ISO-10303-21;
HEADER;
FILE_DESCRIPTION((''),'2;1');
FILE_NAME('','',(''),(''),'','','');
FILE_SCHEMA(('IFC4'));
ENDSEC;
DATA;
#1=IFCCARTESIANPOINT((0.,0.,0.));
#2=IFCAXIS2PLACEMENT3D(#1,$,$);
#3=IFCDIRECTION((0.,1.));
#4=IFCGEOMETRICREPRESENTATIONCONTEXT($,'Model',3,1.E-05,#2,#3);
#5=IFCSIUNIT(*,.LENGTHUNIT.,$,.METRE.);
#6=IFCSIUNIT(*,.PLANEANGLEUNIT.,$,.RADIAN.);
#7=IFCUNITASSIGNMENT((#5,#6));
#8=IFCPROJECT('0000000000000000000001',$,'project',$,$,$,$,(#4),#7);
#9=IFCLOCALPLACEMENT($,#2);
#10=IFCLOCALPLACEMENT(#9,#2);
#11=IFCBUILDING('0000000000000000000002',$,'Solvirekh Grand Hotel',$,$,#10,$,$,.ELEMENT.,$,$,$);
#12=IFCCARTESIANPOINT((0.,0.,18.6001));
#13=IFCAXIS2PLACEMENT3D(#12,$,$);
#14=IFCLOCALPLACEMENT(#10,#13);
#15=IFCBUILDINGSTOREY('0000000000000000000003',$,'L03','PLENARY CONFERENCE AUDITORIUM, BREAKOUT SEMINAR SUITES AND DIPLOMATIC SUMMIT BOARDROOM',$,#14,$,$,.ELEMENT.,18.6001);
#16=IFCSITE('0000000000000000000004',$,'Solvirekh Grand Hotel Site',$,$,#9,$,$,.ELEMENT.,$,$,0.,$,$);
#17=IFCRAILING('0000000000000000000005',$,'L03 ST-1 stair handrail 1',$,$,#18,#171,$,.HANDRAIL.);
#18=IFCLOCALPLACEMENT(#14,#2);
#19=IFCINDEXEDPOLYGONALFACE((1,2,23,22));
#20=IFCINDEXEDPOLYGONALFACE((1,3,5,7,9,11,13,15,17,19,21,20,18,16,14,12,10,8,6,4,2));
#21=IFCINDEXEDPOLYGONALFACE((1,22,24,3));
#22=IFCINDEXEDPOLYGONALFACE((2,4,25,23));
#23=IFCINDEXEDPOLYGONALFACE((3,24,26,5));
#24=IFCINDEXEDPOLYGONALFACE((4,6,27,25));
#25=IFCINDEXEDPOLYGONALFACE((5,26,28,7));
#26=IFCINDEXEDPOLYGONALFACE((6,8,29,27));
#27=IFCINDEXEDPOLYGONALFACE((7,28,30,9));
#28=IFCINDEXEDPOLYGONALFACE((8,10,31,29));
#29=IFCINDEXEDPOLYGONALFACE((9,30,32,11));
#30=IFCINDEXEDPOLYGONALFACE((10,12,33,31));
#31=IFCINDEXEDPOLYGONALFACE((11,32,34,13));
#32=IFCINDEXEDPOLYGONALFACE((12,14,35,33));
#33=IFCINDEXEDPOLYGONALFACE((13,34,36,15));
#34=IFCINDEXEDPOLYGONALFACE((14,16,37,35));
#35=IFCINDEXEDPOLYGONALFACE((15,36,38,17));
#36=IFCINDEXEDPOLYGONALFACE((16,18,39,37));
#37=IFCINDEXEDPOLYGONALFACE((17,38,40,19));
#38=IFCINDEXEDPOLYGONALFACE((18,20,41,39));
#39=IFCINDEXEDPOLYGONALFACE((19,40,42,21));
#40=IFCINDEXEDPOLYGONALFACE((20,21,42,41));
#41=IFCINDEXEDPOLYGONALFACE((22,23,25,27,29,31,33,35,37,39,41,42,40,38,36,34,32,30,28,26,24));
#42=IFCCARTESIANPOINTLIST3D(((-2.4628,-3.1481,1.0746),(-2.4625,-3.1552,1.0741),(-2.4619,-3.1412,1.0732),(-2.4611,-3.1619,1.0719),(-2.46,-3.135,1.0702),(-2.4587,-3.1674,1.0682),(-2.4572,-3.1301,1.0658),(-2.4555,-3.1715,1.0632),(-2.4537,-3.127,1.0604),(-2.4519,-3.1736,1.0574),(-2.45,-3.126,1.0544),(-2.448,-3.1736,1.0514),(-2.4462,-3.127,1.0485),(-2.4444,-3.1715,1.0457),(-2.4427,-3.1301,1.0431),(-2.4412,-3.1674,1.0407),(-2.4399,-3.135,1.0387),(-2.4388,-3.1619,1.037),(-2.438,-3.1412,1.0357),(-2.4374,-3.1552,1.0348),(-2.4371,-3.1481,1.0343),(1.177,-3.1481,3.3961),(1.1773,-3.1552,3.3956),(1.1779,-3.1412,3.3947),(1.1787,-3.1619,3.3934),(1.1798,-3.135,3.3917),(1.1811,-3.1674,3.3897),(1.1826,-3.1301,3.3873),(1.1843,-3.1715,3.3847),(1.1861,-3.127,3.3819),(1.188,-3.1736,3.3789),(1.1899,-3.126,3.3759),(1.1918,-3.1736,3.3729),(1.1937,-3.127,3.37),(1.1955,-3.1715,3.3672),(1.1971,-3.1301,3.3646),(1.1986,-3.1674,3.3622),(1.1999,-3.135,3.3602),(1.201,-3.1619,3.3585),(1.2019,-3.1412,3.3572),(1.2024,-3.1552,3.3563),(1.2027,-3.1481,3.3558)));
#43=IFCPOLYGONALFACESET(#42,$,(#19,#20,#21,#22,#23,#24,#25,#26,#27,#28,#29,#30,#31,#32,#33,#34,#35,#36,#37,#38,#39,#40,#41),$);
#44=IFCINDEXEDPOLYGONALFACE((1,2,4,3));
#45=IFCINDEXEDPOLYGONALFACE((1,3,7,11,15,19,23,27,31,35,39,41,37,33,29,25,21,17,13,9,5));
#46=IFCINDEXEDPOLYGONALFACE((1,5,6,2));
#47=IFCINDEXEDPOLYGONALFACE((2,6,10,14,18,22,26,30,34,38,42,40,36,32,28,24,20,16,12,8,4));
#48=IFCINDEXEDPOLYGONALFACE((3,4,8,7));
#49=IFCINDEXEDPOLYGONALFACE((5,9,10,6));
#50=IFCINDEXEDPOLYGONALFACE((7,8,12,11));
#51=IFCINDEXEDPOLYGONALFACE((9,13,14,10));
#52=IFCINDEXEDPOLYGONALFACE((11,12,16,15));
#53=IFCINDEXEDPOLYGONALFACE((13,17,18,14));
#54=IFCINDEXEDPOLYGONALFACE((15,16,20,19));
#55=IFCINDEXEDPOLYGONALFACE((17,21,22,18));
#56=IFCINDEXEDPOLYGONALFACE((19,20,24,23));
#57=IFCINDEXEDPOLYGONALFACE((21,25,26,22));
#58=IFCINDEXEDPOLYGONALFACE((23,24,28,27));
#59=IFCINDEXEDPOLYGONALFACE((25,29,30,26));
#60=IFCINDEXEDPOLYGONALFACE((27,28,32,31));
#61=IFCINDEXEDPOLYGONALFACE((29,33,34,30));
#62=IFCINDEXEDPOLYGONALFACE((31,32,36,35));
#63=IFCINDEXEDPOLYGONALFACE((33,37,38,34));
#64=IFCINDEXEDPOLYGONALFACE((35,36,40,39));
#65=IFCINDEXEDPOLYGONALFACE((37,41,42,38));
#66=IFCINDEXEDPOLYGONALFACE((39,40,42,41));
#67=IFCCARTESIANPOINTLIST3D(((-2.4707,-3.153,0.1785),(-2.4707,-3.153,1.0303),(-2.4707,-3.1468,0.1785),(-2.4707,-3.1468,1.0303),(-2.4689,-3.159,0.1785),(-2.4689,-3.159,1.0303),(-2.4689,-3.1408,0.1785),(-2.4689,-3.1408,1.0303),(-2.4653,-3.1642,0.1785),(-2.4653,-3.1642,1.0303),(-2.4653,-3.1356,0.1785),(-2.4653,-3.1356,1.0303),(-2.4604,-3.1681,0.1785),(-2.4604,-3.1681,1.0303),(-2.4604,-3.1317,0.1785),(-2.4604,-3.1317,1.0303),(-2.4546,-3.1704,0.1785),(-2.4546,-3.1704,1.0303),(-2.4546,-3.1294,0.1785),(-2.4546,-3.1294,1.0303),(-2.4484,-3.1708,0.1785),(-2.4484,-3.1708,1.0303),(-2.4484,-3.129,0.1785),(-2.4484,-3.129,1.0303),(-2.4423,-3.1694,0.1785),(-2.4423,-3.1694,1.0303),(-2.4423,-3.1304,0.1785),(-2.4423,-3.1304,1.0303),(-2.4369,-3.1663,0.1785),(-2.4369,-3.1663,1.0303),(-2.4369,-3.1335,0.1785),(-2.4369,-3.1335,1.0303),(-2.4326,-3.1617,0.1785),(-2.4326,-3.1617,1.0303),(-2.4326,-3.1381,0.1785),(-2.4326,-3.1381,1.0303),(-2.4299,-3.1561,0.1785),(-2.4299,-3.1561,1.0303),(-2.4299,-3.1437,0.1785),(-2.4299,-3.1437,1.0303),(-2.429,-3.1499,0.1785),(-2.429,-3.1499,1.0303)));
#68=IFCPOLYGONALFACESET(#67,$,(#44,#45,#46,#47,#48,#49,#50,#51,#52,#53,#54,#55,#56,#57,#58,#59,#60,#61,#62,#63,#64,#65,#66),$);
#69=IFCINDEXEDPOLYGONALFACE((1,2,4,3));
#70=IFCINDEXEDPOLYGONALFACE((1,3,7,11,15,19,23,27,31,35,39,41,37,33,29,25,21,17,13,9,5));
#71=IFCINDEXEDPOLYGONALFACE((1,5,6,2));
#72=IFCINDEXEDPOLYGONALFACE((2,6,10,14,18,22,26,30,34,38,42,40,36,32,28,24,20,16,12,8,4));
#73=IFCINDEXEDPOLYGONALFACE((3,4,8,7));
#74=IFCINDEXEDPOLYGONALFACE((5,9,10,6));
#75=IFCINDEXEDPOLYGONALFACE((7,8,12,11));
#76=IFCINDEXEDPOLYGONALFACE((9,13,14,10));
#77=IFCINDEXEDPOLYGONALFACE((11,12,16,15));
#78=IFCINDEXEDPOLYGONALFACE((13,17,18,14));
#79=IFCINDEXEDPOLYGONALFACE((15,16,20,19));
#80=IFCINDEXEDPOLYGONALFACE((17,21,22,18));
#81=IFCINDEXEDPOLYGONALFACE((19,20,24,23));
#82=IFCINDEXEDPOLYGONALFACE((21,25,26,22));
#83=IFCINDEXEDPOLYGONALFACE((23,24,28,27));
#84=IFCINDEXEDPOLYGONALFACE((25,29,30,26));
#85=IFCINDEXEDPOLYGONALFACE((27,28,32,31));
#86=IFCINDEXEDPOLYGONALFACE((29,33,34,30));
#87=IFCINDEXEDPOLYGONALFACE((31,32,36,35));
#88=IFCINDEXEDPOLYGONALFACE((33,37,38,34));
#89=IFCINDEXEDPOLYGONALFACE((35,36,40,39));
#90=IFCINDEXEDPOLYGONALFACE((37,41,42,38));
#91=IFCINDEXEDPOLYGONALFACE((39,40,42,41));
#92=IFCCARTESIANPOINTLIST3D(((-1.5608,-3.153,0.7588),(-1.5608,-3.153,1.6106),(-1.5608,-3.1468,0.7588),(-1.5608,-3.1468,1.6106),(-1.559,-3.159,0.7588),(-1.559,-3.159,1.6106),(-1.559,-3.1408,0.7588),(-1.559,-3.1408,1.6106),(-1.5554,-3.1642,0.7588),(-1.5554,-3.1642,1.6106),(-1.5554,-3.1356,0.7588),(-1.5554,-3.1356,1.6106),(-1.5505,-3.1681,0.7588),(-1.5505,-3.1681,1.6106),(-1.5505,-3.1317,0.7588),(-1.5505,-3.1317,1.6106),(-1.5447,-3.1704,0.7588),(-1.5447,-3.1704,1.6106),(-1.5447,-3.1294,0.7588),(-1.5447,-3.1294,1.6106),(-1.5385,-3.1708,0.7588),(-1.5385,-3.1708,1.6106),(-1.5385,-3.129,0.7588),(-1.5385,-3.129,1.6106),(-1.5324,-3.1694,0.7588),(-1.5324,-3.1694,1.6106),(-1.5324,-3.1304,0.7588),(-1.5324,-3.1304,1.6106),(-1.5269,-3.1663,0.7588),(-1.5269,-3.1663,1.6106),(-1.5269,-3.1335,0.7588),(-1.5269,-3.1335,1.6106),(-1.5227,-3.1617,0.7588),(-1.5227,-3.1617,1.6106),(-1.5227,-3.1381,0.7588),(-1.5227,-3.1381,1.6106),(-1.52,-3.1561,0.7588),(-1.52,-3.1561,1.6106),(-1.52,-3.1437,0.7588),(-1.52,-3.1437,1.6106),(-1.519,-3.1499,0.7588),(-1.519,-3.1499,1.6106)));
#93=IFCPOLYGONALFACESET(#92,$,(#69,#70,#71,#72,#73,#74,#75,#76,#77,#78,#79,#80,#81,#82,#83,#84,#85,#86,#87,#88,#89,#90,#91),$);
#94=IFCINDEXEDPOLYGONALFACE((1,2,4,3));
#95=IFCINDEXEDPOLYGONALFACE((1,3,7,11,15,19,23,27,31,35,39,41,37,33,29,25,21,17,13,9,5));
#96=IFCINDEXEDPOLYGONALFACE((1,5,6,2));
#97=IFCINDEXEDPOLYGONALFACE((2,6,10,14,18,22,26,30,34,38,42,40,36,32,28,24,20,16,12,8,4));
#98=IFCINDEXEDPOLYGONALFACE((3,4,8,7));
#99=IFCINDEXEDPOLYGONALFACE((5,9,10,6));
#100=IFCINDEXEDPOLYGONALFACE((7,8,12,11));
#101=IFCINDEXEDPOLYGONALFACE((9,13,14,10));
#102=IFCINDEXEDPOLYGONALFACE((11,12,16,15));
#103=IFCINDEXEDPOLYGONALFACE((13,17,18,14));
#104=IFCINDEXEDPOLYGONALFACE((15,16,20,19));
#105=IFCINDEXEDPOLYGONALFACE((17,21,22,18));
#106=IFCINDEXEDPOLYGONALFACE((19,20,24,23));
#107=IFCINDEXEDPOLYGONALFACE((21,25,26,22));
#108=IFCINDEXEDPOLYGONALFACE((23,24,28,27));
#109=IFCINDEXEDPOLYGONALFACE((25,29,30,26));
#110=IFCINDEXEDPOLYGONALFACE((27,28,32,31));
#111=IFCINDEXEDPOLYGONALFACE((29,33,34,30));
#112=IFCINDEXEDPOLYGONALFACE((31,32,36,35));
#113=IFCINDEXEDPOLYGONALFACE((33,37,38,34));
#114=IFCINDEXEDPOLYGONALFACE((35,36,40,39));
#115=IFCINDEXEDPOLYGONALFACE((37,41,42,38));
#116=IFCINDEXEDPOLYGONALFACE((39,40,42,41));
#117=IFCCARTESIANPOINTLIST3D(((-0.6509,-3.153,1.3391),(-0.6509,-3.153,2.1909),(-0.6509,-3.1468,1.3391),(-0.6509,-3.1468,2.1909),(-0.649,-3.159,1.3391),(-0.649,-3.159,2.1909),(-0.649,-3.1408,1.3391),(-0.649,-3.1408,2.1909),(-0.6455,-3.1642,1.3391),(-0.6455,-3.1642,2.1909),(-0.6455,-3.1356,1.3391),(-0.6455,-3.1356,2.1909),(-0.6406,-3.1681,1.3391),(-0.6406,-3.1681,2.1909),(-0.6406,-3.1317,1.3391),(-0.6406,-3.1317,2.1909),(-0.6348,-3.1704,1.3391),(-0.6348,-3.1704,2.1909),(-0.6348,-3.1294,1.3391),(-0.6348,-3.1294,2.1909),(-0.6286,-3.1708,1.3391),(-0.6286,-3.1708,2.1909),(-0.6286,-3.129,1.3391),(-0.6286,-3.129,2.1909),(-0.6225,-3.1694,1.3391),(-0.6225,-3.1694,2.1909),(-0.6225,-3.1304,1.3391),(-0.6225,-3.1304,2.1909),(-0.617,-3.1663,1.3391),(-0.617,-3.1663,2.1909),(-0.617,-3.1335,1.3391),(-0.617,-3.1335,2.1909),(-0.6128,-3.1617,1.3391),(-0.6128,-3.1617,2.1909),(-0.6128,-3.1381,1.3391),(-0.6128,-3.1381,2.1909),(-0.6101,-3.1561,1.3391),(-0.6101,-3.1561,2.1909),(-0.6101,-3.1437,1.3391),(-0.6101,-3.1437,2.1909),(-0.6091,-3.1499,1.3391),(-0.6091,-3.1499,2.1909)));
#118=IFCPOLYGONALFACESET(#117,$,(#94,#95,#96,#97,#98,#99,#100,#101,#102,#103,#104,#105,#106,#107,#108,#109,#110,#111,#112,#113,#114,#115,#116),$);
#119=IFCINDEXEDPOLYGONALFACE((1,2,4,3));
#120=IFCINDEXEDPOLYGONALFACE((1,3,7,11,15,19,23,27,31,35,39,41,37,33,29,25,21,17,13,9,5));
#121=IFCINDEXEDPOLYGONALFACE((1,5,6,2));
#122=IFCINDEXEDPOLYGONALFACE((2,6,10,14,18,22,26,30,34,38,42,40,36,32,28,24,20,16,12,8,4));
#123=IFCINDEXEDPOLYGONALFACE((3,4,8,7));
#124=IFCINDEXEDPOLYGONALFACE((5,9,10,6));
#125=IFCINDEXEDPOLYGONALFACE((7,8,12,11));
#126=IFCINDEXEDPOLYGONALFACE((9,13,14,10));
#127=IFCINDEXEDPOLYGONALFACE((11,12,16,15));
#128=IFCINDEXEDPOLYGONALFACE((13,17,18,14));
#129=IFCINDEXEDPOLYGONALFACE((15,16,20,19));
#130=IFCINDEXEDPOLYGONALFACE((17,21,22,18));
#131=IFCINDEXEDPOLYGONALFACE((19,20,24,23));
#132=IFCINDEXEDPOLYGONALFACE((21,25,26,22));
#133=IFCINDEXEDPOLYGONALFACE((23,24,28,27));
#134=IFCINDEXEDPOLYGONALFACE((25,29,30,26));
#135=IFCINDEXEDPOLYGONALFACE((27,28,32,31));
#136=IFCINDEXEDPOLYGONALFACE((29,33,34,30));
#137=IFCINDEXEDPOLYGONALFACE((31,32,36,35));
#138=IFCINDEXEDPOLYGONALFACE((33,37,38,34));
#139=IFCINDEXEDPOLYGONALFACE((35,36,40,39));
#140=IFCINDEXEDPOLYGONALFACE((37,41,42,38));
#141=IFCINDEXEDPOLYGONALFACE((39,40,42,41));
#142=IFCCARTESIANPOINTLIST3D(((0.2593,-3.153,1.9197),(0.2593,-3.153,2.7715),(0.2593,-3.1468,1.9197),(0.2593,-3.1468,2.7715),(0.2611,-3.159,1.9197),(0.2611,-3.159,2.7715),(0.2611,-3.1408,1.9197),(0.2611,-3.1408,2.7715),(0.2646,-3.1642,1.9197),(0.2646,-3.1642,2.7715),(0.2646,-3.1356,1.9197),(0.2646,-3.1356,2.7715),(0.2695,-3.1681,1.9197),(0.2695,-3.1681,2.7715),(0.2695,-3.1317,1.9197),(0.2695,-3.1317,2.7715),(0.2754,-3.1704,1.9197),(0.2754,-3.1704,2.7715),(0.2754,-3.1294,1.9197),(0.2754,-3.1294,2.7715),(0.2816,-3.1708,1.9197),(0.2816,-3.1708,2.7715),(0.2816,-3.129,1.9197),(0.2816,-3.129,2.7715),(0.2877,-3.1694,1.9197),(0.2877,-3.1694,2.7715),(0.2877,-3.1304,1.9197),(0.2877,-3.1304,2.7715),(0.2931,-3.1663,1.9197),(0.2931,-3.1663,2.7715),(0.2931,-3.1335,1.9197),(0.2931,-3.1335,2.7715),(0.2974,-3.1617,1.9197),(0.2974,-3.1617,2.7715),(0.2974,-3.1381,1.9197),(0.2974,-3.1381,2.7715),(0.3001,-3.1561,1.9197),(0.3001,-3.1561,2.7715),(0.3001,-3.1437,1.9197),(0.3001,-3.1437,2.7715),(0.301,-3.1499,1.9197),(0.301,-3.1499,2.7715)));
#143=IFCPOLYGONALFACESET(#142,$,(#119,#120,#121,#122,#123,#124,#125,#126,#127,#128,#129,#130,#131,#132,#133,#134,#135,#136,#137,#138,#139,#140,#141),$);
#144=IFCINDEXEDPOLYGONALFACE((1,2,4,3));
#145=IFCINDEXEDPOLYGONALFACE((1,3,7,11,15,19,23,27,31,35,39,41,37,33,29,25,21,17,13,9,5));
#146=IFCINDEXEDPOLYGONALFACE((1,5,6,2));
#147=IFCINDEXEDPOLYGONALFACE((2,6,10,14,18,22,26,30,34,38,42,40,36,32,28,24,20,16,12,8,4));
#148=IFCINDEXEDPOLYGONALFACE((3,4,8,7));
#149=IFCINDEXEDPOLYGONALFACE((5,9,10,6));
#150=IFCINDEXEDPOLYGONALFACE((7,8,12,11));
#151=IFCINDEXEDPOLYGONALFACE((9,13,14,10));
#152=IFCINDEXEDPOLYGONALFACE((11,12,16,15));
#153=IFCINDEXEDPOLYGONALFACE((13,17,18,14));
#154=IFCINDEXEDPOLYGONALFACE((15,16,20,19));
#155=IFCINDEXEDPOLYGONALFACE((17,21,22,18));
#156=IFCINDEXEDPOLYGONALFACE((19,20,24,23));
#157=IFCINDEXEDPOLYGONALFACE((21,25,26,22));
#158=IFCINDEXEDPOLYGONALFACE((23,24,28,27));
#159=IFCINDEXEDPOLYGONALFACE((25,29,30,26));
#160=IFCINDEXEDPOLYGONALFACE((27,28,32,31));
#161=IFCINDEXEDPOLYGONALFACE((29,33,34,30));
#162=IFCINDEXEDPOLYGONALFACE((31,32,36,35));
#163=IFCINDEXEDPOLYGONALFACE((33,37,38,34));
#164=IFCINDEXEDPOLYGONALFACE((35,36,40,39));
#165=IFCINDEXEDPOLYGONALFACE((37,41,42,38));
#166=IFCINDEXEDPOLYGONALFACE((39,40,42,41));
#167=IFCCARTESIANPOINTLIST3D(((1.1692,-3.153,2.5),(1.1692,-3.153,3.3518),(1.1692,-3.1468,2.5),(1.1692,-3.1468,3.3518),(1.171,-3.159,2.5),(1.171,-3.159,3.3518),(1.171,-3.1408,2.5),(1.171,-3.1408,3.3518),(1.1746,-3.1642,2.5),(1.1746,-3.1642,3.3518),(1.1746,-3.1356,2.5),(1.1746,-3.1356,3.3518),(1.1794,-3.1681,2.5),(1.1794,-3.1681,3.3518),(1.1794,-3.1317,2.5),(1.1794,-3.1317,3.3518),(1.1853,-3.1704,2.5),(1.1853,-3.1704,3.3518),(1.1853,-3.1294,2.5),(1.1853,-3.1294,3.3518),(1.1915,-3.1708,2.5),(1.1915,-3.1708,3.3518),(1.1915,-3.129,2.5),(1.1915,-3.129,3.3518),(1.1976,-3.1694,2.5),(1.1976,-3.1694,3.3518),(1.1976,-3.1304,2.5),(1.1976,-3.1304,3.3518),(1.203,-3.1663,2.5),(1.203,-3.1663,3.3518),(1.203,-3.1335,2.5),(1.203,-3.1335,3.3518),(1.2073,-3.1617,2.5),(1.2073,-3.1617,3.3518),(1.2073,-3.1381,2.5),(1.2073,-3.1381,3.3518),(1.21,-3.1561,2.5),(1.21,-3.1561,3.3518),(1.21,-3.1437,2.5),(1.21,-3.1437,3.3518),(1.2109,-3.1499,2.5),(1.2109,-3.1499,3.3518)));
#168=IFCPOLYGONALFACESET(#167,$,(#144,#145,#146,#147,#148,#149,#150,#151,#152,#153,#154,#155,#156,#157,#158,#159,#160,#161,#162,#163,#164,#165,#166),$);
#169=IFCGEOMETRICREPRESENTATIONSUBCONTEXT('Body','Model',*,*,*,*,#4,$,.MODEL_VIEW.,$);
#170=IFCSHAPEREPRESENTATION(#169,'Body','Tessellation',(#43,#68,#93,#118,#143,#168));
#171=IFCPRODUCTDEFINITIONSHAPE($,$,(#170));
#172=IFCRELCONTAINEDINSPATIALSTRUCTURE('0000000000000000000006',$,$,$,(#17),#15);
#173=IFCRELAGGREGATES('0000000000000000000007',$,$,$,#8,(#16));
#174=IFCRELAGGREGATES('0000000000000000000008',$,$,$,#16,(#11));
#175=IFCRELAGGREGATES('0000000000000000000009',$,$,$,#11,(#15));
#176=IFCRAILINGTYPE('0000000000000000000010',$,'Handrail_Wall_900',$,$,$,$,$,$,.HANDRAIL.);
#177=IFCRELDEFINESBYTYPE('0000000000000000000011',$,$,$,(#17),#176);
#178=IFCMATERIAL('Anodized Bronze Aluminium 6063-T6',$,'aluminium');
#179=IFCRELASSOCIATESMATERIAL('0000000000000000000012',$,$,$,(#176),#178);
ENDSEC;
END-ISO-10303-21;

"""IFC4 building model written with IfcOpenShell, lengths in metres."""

from ifc_helpers import new_model, si_unit, direction, frame, origin, origin_2d, place, context, subcontext, project, spatial, circle, extrude, material, type_object, element, save


model = new_model("IFC4")

# Units and contexts
model_context = context("Model", 3, precision=1e-05, world=origin(), true_north=direction((0.0, 1.0)))
body_context = subcontext(model_context, "Body", "Model", "MODEL_VIEW")
ifc_project = project(units=[si_unit("LENGTHUNIT", "METRE"), si_unit("PLANEANGLEUNIT", "RADIAN")], contexts=[model_context])

# Site, building, storey
site_placement = place(None, origin())
site = spatial("IfcSite", under=ifc_project, at=site_placement, Name="Solvirekh Grand Hotel Site", CompositionType="ELEMENT", RefElevation=0.0)
building_placement = place(site_placement, origin())
building = spatial("IfcBuilding", under=site, at=building_placement, Name="Solvirekh Grand Hotel", CompositionType="ELEMENT")
storey_placement = place(building_placement, frame((0.0, 0.0, 18.6001)))
storey = spatial("IfcBuildingStorey", under=building, at=storey_placement, Name="L03", Description="PLENARY CONFERENCE AUDITORIUM, BREAKOUT SEMINAR SUITES AND DIPLOMATIC SUMMIT BOARDROOM", CompositionType="ELEMENT", Elevation=18.6001)

# Shared definitions
ifc_material_1 = material(Name="Anodized Bronze Aluminium 6063-T6", Category="aluminium")

# Railing
railing_type = type_object("IfcRailingType", Name="Handrail_Wall_900", PredefinedType="HANDRAIL", material=ifc_material_1)
railing_placement = place(storey_placement, frame((-2.45, -3.1499, 0.1785)))
element("IfcRailing", 1, at=railing_placement, inside=storey, type_object=railing_type, Name="L03 ST-1 stair handrail 1", PredefinedType="HANDRAIL", context=body_context, shape_type="SweptSolid", body=[
    extrude(circle(Radius=0.0239, at=origin_2d()), frame((0.0, 0.0, 0.876), z_axis=(0.843112, 0.0, 0.537739), x_axis=(0.0, 1.0, 0.0)), (0.0, 0.0, 1.0), 4.3171),
    extrude(circle(Radius=0.021, at=origin_2d()), origin(), (0.0, 0.0, 1.0), 0.8518),
    extrude(circle(Radius=0.021, at=origin_2d()), frame((0.9099, 0.0, 0.5803)), (0.0, 0.0, 1.0), 0.8518),
    extrude(circle(Radius=0.021, at=origin_2d()), frame((1.8198, 0.0, 1.1606)), (0.0, 0.0, 1.0), 0.8518),
    extrude(circle(Radius=0.021, at=origin_2d()), frame((2.73, 0.0, 1.7412)), (0.0, 0.0, 1.0), 0.8518),
    extrude(circle(Radius=0.021, at=origin_2d()), frame((3.6399, 0.0, 2.3215)), (0.0, 0.0, 1.0), 0.8518),
])

save(model, "model.ifc")
